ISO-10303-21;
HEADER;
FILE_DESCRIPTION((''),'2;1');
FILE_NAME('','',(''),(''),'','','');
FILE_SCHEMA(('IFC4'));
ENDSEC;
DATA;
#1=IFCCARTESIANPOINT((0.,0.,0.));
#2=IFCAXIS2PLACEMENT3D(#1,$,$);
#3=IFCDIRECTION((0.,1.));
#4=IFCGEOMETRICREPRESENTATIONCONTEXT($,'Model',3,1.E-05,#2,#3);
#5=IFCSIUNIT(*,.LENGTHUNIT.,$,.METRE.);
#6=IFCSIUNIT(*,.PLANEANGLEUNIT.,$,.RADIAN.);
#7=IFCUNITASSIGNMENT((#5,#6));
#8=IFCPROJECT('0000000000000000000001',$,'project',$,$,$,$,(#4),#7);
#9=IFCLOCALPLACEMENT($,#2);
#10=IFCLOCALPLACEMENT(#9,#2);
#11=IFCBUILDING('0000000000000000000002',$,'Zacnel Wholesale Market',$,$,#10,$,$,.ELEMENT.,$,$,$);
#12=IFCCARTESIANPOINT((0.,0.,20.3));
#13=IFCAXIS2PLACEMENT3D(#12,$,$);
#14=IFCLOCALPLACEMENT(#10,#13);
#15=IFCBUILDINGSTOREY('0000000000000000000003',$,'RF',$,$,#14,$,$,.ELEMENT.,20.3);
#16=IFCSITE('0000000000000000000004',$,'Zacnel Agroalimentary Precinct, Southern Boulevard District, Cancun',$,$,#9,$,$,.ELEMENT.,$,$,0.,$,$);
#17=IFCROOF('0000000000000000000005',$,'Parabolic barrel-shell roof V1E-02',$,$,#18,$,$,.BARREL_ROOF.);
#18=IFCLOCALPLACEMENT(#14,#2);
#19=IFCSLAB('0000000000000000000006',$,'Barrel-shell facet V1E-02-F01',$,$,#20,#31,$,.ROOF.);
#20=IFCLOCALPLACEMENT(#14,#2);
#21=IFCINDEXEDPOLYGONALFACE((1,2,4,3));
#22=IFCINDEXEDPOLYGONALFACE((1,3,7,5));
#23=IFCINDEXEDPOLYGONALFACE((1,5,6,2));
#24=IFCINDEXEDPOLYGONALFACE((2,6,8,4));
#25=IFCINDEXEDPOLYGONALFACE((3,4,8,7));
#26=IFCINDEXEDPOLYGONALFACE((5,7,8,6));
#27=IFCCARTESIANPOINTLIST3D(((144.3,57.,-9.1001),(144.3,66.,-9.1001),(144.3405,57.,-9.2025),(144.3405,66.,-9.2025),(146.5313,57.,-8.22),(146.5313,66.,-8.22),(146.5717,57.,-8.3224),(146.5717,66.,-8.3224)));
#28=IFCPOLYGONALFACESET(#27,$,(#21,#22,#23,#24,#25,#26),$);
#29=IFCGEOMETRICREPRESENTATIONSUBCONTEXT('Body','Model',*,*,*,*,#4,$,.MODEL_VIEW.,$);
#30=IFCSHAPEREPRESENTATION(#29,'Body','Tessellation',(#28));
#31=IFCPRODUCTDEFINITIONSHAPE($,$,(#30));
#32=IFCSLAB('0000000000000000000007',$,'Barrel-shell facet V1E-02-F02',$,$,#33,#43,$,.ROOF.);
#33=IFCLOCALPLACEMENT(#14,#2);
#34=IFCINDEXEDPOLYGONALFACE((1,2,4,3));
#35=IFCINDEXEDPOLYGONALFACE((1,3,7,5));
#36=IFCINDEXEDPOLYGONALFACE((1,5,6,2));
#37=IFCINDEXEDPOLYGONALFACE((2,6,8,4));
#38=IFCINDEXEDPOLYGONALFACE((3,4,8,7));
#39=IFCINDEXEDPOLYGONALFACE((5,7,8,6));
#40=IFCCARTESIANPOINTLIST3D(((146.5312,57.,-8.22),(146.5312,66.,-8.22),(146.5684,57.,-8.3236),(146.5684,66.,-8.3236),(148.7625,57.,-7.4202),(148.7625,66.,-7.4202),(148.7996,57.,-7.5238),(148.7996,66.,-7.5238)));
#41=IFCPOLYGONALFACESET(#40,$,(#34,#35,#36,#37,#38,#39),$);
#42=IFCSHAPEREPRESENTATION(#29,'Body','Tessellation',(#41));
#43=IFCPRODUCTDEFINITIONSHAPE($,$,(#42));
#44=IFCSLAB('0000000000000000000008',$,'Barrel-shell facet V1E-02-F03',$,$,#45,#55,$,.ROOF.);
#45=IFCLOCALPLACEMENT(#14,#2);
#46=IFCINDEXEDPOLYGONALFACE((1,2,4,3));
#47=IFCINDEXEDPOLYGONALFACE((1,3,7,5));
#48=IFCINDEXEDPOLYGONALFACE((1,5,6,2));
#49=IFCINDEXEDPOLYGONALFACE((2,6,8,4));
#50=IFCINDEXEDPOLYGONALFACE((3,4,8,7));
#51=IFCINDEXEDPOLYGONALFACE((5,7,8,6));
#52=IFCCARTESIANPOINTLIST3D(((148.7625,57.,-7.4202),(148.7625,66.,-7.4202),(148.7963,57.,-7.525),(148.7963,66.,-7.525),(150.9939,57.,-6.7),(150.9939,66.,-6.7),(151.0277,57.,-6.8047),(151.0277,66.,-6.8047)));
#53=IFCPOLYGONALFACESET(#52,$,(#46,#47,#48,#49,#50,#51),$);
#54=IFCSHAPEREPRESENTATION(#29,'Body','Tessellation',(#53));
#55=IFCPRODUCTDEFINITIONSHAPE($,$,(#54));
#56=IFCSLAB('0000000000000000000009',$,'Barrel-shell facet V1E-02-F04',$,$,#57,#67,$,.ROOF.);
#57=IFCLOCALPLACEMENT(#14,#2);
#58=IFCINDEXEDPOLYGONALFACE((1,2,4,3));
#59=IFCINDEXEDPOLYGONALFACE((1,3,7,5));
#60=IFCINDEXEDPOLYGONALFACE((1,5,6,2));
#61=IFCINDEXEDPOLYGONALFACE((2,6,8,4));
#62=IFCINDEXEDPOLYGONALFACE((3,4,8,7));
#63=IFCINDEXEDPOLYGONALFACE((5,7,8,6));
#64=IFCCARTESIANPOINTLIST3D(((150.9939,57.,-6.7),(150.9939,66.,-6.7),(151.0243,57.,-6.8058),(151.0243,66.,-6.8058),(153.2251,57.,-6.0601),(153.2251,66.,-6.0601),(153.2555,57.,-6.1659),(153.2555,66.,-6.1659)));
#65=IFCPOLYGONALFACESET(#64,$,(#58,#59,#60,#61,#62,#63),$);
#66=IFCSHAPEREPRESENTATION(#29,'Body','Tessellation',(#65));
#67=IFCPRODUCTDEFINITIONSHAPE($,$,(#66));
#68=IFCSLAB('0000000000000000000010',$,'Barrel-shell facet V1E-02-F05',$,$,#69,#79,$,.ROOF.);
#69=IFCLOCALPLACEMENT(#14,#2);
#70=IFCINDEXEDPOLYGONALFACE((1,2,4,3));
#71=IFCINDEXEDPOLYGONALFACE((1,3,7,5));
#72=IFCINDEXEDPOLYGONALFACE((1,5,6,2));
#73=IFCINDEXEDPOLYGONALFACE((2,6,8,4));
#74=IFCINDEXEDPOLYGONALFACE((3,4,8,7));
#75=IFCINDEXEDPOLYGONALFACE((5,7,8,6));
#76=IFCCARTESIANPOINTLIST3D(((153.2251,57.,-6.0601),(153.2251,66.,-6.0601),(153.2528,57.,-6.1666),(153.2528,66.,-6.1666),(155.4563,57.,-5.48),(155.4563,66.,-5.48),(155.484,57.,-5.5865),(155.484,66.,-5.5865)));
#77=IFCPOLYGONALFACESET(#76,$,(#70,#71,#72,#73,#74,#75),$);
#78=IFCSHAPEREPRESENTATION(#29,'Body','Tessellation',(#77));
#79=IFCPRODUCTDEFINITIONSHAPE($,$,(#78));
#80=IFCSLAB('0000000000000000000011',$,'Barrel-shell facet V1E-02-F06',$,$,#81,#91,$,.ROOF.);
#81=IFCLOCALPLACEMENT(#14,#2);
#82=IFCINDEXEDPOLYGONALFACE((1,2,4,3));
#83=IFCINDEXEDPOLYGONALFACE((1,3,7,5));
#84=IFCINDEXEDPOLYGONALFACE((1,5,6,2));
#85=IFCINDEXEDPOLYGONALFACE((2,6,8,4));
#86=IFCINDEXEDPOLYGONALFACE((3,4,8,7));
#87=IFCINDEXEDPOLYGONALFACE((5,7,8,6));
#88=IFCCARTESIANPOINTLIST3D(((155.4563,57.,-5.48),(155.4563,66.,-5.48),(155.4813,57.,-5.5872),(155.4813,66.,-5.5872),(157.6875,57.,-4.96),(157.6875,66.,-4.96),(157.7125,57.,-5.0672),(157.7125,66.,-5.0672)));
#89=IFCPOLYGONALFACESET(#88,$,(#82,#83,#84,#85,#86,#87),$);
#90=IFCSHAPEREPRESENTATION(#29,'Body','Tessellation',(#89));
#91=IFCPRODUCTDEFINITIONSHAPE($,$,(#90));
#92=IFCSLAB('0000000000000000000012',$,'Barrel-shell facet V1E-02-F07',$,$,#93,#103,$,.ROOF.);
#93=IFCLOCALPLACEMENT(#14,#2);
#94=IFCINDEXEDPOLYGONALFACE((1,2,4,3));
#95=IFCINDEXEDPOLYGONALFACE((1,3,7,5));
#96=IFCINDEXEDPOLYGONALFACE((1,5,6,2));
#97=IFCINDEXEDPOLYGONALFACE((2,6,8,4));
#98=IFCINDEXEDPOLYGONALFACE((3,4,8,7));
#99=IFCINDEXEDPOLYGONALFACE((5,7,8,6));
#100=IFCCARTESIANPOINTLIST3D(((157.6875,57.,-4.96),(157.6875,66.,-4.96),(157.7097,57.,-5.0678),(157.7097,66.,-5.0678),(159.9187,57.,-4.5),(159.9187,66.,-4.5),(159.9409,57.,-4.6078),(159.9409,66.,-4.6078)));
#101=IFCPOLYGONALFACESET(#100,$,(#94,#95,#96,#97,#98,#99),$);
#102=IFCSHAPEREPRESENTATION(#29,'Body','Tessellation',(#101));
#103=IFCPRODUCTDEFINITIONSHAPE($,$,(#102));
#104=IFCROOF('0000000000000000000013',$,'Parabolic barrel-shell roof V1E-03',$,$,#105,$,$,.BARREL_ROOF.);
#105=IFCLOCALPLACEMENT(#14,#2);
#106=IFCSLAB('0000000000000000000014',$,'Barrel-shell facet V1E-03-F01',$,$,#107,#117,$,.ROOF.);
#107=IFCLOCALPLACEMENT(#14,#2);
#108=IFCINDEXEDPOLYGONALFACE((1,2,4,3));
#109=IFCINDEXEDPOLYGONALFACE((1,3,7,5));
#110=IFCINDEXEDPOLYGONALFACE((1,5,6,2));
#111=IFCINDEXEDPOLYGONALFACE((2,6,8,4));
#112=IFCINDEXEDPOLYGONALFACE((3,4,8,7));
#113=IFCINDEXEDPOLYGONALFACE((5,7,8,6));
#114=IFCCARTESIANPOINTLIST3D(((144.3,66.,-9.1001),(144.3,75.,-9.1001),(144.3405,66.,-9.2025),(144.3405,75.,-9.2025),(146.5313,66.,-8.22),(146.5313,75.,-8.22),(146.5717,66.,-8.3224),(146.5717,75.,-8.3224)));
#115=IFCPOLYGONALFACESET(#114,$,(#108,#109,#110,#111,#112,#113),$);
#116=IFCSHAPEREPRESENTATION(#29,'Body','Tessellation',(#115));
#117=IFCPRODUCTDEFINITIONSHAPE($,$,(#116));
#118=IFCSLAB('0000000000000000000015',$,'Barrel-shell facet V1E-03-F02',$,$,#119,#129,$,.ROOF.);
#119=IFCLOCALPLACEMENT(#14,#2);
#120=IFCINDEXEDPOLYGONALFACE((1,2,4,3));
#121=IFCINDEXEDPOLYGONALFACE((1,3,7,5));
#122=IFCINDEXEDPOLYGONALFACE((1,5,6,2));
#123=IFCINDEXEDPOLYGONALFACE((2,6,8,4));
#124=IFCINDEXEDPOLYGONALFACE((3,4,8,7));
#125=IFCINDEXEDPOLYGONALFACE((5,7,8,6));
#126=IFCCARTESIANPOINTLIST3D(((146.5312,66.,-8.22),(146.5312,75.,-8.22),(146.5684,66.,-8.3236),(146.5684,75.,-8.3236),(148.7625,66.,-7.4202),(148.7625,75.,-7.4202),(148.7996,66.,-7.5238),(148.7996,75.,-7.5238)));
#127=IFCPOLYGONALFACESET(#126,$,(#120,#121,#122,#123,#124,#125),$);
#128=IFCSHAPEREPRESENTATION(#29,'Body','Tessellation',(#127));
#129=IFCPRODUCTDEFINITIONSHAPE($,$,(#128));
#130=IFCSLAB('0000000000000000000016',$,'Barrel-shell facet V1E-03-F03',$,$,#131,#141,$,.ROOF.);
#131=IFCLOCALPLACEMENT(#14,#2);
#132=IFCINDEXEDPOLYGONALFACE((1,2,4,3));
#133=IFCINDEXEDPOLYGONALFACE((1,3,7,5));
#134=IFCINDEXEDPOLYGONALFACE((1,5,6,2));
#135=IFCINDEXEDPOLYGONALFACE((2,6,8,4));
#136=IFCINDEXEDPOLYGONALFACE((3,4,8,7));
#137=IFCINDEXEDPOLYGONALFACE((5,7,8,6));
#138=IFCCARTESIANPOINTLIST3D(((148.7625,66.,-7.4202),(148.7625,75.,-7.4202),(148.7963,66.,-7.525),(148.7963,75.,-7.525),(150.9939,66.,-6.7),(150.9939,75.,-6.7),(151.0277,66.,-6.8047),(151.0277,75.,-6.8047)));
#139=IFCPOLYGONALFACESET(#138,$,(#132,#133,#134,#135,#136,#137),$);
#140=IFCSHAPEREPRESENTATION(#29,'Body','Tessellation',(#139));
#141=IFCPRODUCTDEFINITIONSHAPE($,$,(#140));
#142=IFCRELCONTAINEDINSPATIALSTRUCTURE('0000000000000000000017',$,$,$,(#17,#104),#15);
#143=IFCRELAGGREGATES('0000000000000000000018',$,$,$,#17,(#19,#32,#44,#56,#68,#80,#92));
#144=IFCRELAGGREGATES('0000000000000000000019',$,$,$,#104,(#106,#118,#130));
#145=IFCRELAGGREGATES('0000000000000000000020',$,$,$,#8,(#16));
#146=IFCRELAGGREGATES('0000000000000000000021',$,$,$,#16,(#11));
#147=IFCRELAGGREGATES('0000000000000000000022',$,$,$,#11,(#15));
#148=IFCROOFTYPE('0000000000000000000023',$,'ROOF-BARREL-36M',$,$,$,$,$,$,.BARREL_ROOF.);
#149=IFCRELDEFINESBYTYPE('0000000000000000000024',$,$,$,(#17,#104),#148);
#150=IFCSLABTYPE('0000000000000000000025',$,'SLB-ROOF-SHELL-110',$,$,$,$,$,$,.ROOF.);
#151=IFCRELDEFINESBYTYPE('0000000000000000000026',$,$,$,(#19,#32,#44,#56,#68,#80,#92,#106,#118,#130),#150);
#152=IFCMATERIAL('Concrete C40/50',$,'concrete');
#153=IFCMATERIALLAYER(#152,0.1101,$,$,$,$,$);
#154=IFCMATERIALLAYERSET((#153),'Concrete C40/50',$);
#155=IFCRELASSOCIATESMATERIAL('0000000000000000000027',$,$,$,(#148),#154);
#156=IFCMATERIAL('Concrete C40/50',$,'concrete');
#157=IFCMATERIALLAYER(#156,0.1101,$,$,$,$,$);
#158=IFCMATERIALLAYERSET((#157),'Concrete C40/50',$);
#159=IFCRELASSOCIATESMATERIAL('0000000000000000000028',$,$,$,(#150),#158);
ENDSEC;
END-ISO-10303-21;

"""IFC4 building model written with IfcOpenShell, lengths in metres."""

from ifc_helpers import new_model, si_unit, direction, frame, origin, place, context, subcontext, project, spatial, polyline, outline, extrude, material, layer, layer_set, type_object, element, aggregate, save


model = new_model("IFC4")

# Units and contexts
model_context = context("Model", 3, precision=1e-05, world=origin(), true_north=direction((0.0, 1.0)))
body_context = subcontext(model_context, "Body", "Model", "MODEL_VIEW")
ifc_project = project(units=[si_unit("LENGTHUNIT", "METRE"), si_unit("PLANEANGLEUNIT", "RADIAN")], contexts=[model_context])

# Site, building, storey
site_placement = place(None, origin())
site = spatial("IfcSite", under=ifc_project, at=site_placement, Name="Zacnel Agroalimentary Precinct, Southern Boulevard District, Cancun", CompositionType="ELEMENT", RefElevation=0.0)
building_placement = place(site_placement, origin())
building = spatial("IfcBuilding", under=site, at=building_placement, Name="Zacnel Wholesale Market", CompositionType="ELEMENT")
storey_placement = place(building_placement, frame((0.0, 0.0, 20.3)))
storey = spatial("IfcBuildingStorey", under=building, at=storey_placement, Name="RF", CompositionType="ELEMENT", Elevation=20.3)

# Roofs, slabs
ifc_material_1 = material(Name="Concrete C40/50", Category="concrete")
ifc_layer_1 = layer(ifc_material_1, 0.1101)
ifc_layer_set_1 = layer_set([ifc_layer_1], Name="Concrete C40/50")
roof_type = type_object("IfcRoofType", Name="ROOF-BARREL-36M", PredefinedType="BARREL_ROOF", material=ifc_layer_set_1)
roof_1_placement = place(storey_placement, origin())
roof_1 = element("IfcRoof", 1, at=roof_1_placement, inside=storey, type_object=roof_type, Name="Parabolic barrel-shell roof V1E-02", PredefinedType="BARREL_ROOF")
ifc_material_2 = material(Name="Concrete C40/50", Category="concrete")
ifc_layer_2 = layer(ifc_material_2, 0.1101)
ifc_layer_set_2 = layer_set([ifc_layer_2], Name="Concrete C40/50")
slab_type = type_object("IfcSlabType", Name="SLB-ROOF-SHELL-110", PredefinedType="ROOF", material=ifc_layer_set_2)
slab_1_placement = place(storey_placement, frame((144.3, 57.0, -9.1001), z_axis=(-0.366946, 0.0, 0.930242), x_axis=(0.0, 1.0, 0.0)))
slab_1 = element("IfcSlab", 2, at=slab_1_placement, type_object=slab_type, Name="Barrel-shell facet V1E-02-F01", PredefinedType="ROOF", context=body_context, shape_type="SweptSolid", body=[
    extrude(outline(polyline([(0.0, 0.0), (9.0, 0.0), (9.0, -2.3985), (0.0, -2.3985), (0.0, 0.0)])), origin(), (0.0, 0.0, -1.0), 0.1101),
])
slab_2_placement = place(storey_placement, frame((146.5312, 57.0, -8.22), z_axis=(-0.337439, 0.0, 0.941347), x_axis=(0.0, 1.0, 0.0)))
slab_2 = element("IfcSlab", 3, at=slab_2_placement, type_object=slab_type, Name="Barrel-shell facet V1E-02-F02", PredefinedType="ROOF", context=body_context, shape_type="SweptSolid", body=[
    extrude(outline(polyline([(0.0, 0.0), (9.0, 0.0), (9.0, -2.3702), (0.0, -2.3702), (0.0, 0.0)])), origin(), (0.0, 0.0, -1.0), 0.1101),
])
slab_3_placement = place(storey_placement, frame((148.7625, 57.0, -7.4202), z_axis=(-0.307155, 0.0, 0.95166), x_axis=(0.0, 1.0, 0.0)))
slab_3 = element("IfcSlab", 4, at=slab_3_placement, type_object=slab_type, Name="Barrel-shell facet V1E-02-F03", PredefinedType="ROOF", context=body_context, shape_type="SweptSolid", body=[
    extrude(outline(polyline([(0.0, 0.0), (9.0, 0.0), (9.0, -2.3448), (0.0, -2.3448), (0.0, 0.0)])), origin(), (0.0, 0.0, -1.0), 0.1101),
])
slab_4_placement = place(storey_placement, frame((150.9939, 57.0, -6.7), z_axis=(-0.27568, 0.0, 0.96125), x_axis=(0.0, 1.0, 0.0)))
slab_4 = element("IfcSlab", 5, at=slab_4_placement, type_object=slab_type, Name="Barrel-shell facet V1E-02-F04", PredefinedType="ROOF", context=body_context, shape_type="SweptSolid", body=[
    extrude(outline(polyline([(0.0, 0.0), (9.0, 0.0), (9.0, -2.3211), (0.0, -2.3211), (0.0, 0.0)])), origin(), (0.0, 0.0, -1.0), 0.1101),
])
slab_5_placement = place(storey_placement, frame((153.2251, 57.0, -6.0601), z_axis=(-0.25162, 0.0, 0.967826), x_axis=(0.0, 1.0, 0.0)))
slab_5 = element("IfcSlab", 6, at=slab_5_placement, type_object=slab_type, Name="Barrel-shell facet V1E-02-F05", PredefinedType="ROOF", context=body_context, shape_type="SweptSolid", body=[
    extrude(outline(polyline([(0.0, 0.0), (9.0, 0.0), (9.0, -2.3054), (0.0, -2.3054), (0.0, 0.0)])), origin(), (0.0, 0.0, -1.0), 0.1101),
])
slab_6_placement = place(storey_placement, frame((155.4563, 57.0, -5.48), z_axis=(-0.226984, 0.0, 0.973899), x_axis=(0.0, 1.0, 0.0)))
slab_6 = element("IfcSlab", 7, at=slab_6_placement, type_object=slab_type, Name="Barrel-shell facet V1E-02-F06", PredefinedType="ROOF", context=body_context, shape_type="SweptSolid", body=[
    extrude(outline(polyline([(0.0, 0.0), (9.0, 0.0), (9.0, -2.291), (0.0, -2.291), (0.0, 0.0)])), origin(), (0.0, 0.0, -1.0), 0.1101),
])
slab_7_placement = place(storey_placement, frame((157.6875, 57.0, -4.96), z_axis=(-0.201904, 0.0, 0.979405), x_axis=(0.0, 1.0, 0.0)))
slab_7 = element("IfcSlab", 8, at=slab_7_placement, type_object=slab_type, Name="Barrel-shell facet V1E-02-F07", PredefinedType="ROOF", context=body_context, shape_type="SweptSolid", body=[
    extrude(outline(polyline([(0.0, 0.0), (9.0, 0.0), (9.0, -2.2781), (0.0, -2.2781), (0.0, 0.0)])), origin(), (0.0, 0.0, -1.0), 0.1101),
])
aggregate(roof_1, [slab_1, slab_2, slab_3, slab_4, slab_5, slab_6, slab_7])
roof_2_placement = place(storey_placement, origin())
roof_2 = element("IfcRoof", 9, at=roof_2_placement, inside=storey, type_object=roof_type, Name="Parabolic barrel-shell roof V1E-03", PredefinedType="BARREL_ROOF")
slab_8_placement = place(storey_placement, frame((144.3, 66.0, -9.1001), z_axis=(-0.366946, 0.0, 0.930242), x_axis=(0.0, 1.0, 0.0)))
slab_8 = element("IfcSlab", 10, at=slab_8_placement, type_object=slab_type, Name="Barrel-shell facet V1E-03-F01", PredefinedType="ROOF", context=body_context, shape_type="SweptSolid", body=[
    extrude(outline(polyline([(0.0, 0.0), (9.0, 0.0), (9.0, -2.3985), (0.0, -2.3985), (0.0, 0.0)])), origin(), (0.0, 0.0, -1.0), 0.1101),
])
slab_9_placement = place(storey_placement, frame((146.5312, 66.0, -8.22), z_axis=(-0.337439, 0.0, 0.941347), x_axis=(0.0, 1.0, 0.0)))
slab_9 = element("IfcSlab", 11, at=slab_9_placement, type_object=slab_type, Name="Barrel-shell facet V1E-03-F02", PredefinedType="ROOF", context=body_context, shape_type="SweptSolid", body=[
    extrude(outline(polyline([(0.0, 0.0), (9.0, 0.0), (9.0, -2.3702), (0.0, -2.3702), (0.0, 0.0)])), origin(), (0.0, 0.0, -1.0), 0.1101),
])
slab_10_placement = place(storey_placement, frame((148.7625, 66.0, -7.4202), z_axis=(-0.307155, 0.0, 0.95166), x_axis=(0.0, 1.0, 0.0)))
slab_10 = element("IfcSlab", 12, at=slab_10_placement, type_object=slab_type, Name="Barrel-shell facet V1E-03-F03", PredefinedType="ROOF", context=body_context, shape_type="SweptSolid", body=[
    extrude(outline(polyline([(0.0, 0.0), (9.0, 0.0), (9.0, -2.3448), (0.0, -2.3448), (0.0, 0.0)])), origin(), (0.0, 0.0, -1.0), 0.1101),
])
aggregate(roof_2, [slab_8, slab_9, slab_10])

save(model, "model.ifc")
